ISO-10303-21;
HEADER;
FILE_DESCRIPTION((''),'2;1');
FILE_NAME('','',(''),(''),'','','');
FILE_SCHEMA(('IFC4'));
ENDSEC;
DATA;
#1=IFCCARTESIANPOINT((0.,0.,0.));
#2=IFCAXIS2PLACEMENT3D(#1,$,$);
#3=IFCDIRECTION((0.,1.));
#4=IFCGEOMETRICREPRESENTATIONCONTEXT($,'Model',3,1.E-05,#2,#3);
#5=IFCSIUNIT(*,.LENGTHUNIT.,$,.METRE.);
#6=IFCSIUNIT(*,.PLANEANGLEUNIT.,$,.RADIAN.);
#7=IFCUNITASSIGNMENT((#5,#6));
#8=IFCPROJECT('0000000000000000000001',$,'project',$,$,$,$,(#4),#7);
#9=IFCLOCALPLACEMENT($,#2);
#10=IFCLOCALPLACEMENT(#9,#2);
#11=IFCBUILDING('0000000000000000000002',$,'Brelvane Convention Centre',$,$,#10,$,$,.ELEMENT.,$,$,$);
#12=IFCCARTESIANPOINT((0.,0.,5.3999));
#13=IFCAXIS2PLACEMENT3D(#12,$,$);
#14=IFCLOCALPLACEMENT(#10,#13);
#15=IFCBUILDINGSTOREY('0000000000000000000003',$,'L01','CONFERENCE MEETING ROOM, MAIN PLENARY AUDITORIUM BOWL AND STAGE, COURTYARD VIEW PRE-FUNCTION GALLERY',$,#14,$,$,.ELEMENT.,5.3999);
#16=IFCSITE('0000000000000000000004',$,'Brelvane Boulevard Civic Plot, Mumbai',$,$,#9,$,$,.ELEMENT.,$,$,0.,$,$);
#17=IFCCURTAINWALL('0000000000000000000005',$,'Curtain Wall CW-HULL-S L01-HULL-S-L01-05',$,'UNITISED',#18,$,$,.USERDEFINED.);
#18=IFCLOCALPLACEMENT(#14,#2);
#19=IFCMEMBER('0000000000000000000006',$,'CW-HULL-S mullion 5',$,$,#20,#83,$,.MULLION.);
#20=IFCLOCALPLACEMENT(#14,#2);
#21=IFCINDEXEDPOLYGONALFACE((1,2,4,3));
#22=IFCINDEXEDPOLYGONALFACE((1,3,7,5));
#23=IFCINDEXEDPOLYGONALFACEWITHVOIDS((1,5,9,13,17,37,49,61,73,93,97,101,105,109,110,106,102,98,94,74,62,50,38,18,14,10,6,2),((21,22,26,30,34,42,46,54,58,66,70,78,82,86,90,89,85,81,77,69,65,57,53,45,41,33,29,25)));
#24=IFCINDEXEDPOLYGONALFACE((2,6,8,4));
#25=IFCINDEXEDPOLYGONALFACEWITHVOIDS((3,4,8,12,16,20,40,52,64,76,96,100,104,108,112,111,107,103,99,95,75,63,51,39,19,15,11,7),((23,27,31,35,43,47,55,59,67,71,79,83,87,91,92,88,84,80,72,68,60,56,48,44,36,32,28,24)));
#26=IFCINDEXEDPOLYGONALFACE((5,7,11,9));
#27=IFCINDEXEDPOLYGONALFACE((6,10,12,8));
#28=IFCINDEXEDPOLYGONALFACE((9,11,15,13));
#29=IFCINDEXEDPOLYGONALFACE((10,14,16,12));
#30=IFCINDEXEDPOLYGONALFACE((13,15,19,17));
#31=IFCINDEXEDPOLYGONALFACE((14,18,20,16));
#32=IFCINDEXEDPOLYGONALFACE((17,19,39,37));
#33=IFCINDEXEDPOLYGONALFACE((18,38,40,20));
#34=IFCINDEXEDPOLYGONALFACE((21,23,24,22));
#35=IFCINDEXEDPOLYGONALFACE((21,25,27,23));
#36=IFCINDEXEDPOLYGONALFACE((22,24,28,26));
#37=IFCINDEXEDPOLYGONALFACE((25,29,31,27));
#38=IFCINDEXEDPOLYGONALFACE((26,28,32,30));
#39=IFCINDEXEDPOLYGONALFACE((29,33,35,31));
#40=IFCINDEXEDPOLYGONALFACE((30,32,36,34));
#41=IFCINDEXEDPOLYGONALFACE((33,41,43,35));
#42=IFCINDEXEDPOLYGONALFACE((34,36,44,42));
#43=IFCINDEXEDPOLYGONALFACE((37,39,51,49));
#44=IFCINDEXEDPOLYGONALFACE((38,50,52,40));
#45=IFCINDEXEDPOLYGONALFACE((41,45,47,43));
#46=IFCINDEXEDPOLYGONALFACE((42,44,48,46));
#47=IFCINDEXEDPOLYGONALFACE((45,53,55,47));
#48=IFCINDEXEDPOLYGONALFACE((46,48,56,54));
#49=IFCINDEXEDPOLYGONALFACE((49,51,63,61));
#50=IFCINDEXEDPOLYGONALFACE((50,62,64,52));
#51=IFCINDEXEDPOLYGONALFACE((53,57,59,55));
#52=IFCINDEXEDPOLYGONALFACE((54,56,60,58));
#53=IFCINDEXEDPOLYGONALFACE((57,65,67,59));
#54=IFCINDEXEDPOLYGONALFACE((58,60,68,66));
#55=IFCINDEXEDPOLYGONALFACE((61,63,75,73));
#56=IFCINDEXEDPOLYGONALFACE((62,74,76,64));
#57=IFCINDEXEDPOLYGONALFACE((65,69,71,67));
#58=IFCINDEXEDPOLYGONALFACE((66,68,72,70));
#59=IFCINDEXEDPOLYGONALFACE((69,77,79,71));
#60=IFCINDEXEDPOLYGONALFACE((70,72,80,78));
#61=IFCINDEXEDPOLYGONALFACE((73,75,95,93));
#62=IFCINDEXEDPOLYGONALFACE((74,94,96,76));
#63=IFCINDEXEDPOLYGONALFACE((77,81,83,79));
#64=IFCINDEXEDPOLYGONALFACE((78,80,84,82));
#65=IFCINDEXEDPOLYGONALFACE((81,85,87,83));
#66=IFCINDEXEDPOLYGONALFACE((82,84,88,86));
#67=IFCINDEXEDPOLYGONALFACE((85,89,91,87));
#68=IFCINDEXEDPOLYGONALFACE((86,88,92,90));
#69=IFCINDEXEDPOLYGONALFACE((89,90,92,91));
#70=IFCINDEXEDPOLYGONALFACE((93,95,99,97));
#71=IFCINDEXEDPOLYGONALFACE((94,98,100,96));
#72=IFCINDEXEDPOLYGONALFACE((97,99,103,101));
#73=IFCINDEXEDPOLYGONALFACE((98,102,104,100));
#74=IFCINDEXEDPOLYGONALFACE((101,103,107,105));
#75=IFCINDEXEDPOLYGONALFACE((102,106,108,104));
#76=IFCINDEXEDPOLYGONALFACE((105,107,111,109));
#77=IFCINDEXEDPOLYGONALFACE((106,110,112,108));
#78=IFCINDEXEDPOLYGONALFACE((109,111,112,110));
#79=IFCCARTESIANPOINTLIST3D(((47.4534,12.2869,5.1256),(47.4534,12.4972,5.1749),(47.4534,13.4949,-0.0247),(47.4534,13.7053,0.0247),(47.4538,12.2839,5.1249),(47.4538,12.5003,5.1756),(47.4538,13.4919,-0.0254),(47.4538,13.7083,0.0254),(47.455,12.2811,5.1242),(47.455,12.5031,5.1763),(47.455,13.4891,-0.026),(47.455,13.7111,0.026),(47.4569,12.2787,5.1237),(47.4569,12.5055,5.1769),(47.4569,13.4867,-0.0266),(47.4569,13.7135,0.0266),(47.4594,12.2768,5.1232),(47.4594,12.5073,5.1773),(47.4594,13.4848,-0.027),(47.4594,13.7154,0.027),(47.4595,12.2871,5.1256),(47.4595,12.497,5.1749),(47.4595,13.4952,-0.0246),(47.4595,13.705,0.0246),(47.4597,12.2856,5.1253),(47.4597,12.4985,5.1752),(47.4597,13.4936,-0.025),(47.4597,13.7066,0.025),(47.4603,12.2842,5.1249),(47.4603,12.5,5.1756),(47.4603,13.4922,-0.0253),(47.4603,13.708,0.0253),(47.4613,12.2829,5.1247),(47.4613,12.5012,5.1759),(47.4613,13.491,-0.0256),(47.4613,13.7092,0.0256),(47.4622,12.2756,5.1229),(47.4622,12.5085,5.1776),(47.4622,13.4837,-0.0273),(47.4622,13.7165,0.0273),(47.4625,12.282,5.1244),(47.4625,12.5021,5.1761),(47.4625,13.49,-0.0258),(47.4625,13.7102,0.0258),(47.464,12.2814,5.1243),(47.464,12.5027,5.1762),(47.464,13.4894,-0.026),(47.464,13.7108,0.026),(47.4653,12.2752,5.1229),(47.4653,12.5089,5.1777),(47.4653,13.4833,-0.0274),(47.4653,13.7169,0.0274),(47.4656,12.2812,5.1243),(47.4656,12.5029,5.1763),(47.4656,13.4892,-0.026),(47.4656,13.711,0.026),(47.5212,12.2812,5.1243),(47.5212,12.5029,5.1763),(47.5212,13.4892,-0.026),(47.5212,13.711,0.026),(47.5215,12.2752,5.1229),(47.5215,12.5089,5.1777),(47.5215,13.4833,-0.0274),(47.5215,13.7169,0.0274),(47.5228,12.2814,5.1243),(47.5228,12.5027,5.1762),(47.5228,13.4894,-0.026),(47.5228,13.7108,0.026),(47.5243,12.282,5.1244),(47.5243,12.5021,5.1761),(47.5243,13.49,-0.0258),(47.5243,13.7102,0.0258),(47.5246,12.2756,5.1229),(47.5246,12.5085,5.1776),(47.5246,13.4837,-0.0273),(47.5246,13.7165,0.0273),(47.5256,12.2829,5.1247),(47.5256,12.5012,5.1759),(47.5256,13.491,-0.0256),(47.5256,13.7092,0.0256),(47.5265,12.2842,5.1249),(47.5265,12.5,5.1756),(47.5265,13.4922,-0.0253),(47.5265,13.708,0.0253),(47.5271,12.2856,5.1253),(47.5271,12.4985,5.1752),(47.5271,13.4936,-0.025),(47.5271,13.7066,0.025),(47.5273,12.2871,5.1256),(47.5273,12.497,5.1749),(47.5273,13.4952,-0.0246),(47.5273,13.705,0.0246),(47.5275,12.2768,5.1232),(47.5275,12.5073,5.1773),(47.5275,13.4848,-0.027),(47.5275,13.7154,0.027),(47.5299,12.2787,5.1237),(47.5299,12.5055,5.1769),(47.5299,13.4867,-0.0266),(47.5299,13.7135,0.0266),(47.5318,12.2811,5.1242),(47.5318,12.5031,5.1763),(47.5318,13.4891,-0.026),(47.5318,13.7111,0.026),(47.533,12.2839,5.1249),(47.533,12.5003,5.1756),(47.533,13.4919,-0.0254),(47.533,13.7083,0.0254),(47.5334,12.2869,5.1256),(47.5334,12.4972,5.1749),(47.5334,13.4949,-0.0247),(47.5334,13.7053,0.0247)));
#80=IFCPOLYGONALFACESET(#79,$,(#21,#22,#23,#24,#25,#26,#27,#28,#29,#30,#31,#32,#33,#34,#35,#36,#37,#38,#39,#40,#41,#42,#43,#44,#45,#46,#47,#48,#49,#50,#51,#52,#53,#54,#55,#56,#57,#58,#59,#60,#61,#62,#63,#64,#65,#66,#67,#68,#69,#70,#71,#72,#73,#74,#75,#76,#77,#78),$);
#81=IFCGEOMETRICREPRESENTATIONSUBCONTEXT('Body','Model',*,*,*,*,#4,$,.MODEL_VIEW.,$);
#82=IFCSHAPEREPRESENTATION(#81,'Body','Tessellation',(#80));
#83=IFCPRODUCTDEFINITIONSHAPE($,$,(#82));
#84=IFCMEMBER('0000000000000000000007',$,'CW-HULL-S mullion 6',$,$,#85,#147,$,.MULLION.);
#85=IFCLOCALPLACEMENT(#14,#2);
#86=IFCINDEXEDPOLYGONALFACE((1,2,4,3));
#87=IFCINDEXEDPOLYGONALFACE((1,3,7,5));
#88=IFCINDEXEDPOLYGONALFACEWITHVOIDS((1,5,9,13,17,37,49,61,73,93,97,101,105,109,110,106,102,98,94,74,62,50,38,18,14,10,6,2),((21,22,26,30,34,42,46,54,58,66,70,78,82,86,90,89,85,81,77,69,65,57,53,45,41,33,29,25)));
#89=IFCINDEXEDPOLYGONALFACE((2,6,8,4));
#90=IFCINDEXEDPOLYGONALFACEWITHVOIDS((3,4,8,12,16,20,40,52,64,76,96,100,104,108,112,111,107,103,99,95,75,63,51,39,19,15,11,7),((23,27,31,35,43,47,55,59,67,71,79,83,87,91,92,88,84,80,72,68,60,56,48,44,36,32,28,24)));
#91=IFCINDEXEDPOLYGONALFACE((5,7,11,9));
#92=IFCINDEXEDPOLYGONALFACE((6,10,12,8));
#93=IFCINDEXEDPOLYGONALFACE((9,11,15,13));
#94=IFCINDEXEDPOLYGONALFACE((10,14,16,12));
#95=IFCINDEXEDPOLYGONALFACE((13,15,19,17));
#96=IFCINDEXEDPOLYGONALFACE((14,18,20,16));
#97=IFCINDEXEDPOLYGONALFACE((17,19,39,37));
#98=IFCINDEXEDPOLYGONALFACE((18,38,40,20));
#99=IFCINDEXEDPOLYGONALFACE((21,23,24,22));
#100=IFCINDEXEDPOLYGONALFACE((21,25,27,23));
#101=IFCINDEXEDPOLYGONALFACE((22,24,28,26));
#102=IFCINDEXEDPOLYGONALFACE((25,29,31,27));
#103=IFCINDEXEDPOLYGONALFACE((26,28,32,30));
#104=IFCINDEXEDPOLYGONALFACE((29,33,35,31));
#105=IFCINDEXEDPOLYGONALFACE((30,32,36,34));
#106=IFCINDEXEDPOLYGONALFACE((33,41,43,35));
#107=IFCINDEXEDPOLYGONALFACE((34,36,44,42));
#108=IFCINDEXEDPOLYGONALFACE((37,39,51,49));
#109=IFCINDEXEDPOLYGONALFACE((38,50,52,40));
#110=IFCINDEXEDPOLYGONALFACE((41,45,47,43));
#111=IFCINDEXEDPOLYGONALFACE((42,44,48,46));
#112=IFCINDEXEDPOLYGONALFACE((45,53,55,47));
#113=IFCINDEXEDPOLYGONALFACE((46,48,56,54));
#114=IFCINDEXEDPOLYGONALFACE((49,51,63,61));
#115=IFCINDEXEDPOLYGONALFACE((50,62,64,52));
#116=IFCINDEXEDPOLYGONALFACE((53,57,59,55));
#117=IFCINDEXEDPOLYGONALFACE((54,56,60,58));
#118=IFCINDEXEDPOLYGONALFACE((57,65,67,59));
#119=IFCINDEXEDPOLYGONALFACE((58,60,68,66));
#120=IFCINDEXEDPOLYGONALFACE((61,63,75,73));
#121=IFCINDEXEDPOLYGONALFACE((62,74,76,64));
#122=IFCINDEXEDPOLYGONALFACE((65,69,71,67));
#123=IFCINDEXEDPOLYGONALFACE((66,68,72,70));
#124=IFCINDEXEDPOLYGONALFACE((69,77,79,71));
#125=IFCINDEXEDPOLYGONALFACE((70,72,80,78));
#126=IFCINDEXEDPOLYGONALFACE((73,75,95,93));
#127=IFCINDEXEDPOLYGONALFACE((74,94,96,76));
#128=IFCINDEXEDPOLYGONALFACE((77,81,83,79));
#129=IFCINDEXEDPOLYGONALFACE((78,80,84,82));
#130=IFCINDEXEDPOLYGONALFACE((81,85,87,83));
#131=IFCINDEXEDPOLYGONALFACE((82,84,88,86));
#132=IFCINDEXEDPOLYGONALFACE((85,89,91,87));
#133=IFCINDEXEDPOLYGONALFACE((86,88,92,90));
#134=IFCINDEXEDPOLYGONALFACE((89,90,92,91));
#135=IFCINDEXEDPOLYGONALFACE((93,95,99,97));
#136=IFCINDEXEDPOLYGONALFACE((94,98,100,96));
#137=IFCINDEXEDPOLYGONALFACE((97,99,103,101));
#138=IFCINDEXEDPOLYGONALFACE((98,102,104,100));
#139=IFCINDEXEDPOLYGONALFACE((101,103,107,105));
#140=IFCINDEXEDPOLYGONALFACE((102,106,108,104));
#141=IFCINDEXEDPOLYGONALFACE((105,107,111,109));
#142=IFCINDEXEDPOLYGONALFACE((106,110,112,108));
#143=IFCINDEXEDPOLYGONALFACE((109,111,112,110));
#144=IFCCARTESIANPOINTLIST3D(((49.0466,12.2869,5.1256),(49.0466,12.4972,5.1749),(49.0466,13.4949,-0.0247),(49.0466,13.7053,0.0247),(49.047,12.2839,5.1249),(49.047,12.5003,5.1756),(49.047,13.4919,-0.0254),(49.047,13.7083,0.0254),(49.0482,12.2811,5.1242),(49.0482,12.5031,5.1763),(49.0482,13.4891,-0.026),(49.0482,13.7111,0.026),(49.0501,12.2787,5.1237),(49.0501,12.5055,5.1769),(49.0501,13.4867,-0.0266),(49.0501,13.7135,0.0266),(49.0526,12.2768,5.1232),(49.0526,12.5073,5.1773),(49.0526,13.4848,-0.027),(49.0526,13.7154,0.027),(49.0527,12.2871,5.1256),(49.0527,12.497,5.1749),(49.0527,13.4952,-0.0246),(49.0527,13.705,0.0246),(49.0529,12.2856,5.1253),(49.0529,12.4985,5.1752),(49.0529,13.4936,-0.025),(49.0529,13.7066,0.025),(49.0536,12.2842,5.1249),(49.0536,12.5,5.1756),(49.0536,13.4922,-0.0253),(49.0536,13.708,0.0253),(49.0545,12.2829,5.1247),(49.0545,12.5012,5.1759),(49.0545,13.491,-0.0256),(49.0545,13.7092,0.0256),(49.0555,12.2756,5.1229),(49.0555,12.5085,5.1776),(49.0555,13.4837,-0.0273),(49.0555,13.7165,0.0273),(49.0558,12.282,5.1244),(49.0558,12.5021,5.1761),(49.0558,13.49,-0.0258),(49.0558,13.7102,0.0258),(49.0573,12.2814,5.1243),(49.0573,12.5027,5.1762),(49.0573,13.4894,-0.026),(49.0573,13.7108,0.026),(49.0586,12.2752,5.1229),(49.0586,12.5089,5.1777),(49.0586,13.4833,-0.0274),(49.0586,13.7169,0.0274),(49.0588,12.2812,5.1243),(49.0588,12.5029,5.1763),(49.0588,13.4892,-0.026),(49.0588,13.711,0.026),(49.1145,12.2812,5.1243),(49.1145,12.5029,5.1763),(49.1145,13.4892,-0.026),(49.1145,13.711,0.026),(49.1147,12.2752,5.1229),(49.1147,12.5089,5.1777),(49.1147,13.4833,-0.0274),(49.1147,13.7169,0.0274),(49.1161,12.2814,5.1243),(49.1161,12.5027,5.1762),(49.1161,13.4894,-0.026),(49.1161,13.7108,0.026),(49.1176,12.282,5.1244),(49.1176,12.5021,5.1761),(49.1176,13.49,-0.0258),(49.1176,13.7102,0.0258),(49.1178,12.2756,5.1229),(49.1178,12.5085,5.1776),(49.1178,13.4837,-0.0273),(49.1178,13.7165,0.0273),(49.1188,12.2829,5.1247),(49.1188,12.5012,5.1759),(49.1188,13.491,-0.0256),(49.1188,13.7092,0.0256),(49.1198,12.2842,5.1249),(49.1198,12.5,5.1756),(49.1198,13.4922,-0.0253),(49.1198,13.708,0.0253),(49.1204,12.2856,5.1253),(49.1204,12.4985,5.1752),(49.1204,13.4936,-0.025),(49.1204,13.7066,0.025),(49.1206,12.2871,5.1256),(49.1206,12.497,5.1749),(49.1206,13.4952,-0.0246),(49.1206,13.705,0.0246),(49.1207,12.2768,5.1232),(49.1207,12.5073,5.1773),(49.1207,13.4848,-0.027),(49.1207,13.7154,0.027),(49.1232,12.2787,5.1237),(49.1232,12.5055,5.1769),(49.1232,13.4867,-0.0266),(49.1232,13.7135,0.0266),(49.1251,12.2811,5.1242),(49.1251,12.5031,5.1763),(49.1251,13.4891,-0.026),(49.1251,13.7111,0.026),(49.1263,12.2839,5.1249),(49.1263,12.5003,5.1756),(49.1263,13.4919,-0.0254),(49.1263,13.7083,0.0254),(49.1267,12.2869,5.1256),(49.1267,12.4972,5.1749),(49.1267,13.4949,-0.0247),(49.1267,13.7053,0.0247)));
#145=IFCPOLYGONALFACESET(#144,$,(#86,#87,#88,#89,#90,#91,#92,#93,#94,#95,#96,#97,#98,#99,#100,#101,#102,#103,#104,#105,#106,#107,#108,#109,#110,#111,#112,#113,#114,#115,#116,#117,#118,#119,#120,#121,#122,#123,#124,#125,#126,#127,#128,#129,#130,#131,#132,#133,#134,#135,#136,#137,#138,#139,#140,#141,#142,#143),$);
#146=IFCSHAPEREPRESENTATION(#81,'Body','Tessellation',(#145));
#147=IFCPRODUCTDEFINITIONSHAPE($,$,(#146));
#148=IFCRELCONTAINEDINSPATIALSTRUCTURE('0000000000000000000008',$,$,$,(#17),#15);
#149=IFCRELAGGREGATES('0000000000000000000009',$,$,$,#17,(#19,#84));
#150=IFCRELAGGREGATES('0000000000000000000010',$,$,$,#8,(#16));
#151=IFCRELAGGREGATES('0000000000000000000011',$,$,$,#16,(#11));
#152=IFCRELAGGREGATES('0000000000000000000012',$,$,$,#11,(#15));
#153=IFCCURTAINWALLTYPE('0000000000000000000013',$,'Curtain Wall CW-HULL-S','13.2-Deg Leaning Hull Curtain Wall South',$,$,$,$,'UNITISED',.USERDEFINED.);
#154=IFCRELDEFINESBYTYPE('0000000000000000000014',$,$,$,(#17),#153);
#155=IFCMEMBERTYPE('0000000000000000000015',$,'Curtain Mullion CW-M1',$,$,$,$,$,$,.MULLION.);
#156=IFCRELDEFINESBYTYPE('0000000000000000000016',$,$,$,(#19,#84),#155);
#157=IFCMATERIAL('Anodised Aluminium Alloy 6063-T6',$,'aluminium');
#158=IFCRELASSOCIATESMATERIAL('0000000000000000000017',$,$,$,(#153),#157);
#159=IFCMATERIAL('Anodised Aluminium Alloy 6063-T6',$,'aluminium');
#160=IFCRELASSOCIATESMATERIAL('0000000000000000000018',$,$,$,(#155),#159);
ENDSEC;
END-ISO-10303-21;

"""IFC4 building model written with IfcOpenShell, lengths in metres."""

from ifc_helpers import new_model, si_unit, direction, frame, origin, origin_2d, place, context, subcontext, project, spatial, hollow_rectangle, extrude, material, material_profile, profile_set, type_object, element, aggregate, save


model = new_model("IFC4")

# Units and contexts
model_context = context("Model", 3, precision=1e-05, world=origin(), true_north=direction((0.0, 1.0)))
body_context = subcontext(model_context, "Body", "Model", "MODEL_VIEW")
ifc_project = project(units=[si_unit("LENGTHUNIT", "METRE"), si_unit("PLANEANGLEUNIT", "RADIAN")], contexts=[model_context])

# Site, building, storey
site_placement = place(None, origin())
site = spatial("IfcSite", under=ifc_project, at=site_placement, Name="Brelvane Boulevard Civic Plot, Mumbai", CompositionType="ELEMENT", RefElevation=0.0)
building_placement = place(site_placement, origin())
building = spatial("IfcBuilding", under=site, at=building_placement, Name="Brelvane Convention Centre", CompositionType="ELEMENT")
storey_placement = place(building_placement, frame((0.0, 0.0, 5.3999)))
storey = spatial("IfcBuildingStorey", under=building, at=storey_placement, Name="L01", Description="CONFERENCE MEETING ROOM, MAIN PLENARY AUDITORIUM BOWL AND STAGE, COURTYARD VIEW PRE-FUNCTION GALLERY", CompositionType="ELEMENT", Elevation=5.3999)

# Curtain wall, members
ifc_material_1 = material(Name="Anodised Aluminium Alloy 6063-T6", Category="aluminium")
curtain_wall_type = type_object("IfcCurtainWallType", Name="Curtain Wall CW-HULL-S", Description="13.2-Deg Leaning Hull Curtain Wall South", ElementType="UNITISED", PredefinedType="USERDEFINED", material=ifc_material_1)
curtain_wall_1_placement = place(storey_placement, origin())
curtain_wall_1 = element("IfcCurtainWall", 1, at=curtain_wall_1_placement, inside=storey, type_object=curtain_wall_type, Name="Curtain Wall CW-HULL-S L01-HULL-S-L01-05", ObjectType="UNITISED", PredefinedType="USERDEFINED")
ifc_material_2 = material(Name="Anodised Aluminium Alloy 6063-T6", Category="aluminium")
ifc_material_profile_1 = material_profile(ifc_material_2, hollow_rectangle(XDim=0.0801, YDim=0.24, WallThickness=0.0061, InnerFilletRadius=0.0061, OuterFilletRadius=0.012, at=origin_2d()), Name="ALU-M 240x80x6.0")
ifc_profile_set_1 = profile_set([ifc_material_profile_1], Name="Anodised Aluminium Alloy 6063-T6")
member_type_1 = type_object("IfcMemberType", Name="Curtain Mullion CW-M1", PredefinedType="MULLION", material=ifc_profile_set_1)
member_1_placement = place(storey_placement, frame((47.4934, 13.6001, 0.0), z_axis=(0.0, -0.22836, 0.973577), x_axis=(1.0, 0.0, 0.0)))
member_1 = element("IfcMember", 2, at=member_1_placement, type_object=member_type_1, Name="CW-HULL-S mullion 5", PredefinedType="MULLION", context=body_context, shape_type="SweptSolid", body=[
    extrude(hollow_rectangle(XDim=0.0801, YDim=0.24, WallThickness=0.0061, InnerFilletRadius=0.0061, OuterFilletRadius=0.012, at=origin_2d()), origin(), (0.0, 0.0, 1.0), 5.29),
])
member_2_placement = place(storey_placement, frame((49.0867, 13.6001, 0.0), z_axis=(0.0, -0.22836, 0.973577), x_axis=(1.0, 0.0, 0.0)))
member_2 = element("IfcMember", 3, at=member_2_placement, type_object=member_type_1, Name="CW-HULL-S mullion 6", PredefinedType="MULLION", context=body_context, shape_type="SweptSolid", body=[
    extrude(hollow_rectangle(XDim=0.0801, YDim=0.24, WallThickness=0.0061, InnerFilletRadius=0.0061, OuterFilletRadius=0.012, at=origin_2d()), origin(), (0.0, 0.0, 1.0), 5.29),
])

aggregate(curtain_wall_1, [member_1, member_2])

save(model, "model.ifc")
